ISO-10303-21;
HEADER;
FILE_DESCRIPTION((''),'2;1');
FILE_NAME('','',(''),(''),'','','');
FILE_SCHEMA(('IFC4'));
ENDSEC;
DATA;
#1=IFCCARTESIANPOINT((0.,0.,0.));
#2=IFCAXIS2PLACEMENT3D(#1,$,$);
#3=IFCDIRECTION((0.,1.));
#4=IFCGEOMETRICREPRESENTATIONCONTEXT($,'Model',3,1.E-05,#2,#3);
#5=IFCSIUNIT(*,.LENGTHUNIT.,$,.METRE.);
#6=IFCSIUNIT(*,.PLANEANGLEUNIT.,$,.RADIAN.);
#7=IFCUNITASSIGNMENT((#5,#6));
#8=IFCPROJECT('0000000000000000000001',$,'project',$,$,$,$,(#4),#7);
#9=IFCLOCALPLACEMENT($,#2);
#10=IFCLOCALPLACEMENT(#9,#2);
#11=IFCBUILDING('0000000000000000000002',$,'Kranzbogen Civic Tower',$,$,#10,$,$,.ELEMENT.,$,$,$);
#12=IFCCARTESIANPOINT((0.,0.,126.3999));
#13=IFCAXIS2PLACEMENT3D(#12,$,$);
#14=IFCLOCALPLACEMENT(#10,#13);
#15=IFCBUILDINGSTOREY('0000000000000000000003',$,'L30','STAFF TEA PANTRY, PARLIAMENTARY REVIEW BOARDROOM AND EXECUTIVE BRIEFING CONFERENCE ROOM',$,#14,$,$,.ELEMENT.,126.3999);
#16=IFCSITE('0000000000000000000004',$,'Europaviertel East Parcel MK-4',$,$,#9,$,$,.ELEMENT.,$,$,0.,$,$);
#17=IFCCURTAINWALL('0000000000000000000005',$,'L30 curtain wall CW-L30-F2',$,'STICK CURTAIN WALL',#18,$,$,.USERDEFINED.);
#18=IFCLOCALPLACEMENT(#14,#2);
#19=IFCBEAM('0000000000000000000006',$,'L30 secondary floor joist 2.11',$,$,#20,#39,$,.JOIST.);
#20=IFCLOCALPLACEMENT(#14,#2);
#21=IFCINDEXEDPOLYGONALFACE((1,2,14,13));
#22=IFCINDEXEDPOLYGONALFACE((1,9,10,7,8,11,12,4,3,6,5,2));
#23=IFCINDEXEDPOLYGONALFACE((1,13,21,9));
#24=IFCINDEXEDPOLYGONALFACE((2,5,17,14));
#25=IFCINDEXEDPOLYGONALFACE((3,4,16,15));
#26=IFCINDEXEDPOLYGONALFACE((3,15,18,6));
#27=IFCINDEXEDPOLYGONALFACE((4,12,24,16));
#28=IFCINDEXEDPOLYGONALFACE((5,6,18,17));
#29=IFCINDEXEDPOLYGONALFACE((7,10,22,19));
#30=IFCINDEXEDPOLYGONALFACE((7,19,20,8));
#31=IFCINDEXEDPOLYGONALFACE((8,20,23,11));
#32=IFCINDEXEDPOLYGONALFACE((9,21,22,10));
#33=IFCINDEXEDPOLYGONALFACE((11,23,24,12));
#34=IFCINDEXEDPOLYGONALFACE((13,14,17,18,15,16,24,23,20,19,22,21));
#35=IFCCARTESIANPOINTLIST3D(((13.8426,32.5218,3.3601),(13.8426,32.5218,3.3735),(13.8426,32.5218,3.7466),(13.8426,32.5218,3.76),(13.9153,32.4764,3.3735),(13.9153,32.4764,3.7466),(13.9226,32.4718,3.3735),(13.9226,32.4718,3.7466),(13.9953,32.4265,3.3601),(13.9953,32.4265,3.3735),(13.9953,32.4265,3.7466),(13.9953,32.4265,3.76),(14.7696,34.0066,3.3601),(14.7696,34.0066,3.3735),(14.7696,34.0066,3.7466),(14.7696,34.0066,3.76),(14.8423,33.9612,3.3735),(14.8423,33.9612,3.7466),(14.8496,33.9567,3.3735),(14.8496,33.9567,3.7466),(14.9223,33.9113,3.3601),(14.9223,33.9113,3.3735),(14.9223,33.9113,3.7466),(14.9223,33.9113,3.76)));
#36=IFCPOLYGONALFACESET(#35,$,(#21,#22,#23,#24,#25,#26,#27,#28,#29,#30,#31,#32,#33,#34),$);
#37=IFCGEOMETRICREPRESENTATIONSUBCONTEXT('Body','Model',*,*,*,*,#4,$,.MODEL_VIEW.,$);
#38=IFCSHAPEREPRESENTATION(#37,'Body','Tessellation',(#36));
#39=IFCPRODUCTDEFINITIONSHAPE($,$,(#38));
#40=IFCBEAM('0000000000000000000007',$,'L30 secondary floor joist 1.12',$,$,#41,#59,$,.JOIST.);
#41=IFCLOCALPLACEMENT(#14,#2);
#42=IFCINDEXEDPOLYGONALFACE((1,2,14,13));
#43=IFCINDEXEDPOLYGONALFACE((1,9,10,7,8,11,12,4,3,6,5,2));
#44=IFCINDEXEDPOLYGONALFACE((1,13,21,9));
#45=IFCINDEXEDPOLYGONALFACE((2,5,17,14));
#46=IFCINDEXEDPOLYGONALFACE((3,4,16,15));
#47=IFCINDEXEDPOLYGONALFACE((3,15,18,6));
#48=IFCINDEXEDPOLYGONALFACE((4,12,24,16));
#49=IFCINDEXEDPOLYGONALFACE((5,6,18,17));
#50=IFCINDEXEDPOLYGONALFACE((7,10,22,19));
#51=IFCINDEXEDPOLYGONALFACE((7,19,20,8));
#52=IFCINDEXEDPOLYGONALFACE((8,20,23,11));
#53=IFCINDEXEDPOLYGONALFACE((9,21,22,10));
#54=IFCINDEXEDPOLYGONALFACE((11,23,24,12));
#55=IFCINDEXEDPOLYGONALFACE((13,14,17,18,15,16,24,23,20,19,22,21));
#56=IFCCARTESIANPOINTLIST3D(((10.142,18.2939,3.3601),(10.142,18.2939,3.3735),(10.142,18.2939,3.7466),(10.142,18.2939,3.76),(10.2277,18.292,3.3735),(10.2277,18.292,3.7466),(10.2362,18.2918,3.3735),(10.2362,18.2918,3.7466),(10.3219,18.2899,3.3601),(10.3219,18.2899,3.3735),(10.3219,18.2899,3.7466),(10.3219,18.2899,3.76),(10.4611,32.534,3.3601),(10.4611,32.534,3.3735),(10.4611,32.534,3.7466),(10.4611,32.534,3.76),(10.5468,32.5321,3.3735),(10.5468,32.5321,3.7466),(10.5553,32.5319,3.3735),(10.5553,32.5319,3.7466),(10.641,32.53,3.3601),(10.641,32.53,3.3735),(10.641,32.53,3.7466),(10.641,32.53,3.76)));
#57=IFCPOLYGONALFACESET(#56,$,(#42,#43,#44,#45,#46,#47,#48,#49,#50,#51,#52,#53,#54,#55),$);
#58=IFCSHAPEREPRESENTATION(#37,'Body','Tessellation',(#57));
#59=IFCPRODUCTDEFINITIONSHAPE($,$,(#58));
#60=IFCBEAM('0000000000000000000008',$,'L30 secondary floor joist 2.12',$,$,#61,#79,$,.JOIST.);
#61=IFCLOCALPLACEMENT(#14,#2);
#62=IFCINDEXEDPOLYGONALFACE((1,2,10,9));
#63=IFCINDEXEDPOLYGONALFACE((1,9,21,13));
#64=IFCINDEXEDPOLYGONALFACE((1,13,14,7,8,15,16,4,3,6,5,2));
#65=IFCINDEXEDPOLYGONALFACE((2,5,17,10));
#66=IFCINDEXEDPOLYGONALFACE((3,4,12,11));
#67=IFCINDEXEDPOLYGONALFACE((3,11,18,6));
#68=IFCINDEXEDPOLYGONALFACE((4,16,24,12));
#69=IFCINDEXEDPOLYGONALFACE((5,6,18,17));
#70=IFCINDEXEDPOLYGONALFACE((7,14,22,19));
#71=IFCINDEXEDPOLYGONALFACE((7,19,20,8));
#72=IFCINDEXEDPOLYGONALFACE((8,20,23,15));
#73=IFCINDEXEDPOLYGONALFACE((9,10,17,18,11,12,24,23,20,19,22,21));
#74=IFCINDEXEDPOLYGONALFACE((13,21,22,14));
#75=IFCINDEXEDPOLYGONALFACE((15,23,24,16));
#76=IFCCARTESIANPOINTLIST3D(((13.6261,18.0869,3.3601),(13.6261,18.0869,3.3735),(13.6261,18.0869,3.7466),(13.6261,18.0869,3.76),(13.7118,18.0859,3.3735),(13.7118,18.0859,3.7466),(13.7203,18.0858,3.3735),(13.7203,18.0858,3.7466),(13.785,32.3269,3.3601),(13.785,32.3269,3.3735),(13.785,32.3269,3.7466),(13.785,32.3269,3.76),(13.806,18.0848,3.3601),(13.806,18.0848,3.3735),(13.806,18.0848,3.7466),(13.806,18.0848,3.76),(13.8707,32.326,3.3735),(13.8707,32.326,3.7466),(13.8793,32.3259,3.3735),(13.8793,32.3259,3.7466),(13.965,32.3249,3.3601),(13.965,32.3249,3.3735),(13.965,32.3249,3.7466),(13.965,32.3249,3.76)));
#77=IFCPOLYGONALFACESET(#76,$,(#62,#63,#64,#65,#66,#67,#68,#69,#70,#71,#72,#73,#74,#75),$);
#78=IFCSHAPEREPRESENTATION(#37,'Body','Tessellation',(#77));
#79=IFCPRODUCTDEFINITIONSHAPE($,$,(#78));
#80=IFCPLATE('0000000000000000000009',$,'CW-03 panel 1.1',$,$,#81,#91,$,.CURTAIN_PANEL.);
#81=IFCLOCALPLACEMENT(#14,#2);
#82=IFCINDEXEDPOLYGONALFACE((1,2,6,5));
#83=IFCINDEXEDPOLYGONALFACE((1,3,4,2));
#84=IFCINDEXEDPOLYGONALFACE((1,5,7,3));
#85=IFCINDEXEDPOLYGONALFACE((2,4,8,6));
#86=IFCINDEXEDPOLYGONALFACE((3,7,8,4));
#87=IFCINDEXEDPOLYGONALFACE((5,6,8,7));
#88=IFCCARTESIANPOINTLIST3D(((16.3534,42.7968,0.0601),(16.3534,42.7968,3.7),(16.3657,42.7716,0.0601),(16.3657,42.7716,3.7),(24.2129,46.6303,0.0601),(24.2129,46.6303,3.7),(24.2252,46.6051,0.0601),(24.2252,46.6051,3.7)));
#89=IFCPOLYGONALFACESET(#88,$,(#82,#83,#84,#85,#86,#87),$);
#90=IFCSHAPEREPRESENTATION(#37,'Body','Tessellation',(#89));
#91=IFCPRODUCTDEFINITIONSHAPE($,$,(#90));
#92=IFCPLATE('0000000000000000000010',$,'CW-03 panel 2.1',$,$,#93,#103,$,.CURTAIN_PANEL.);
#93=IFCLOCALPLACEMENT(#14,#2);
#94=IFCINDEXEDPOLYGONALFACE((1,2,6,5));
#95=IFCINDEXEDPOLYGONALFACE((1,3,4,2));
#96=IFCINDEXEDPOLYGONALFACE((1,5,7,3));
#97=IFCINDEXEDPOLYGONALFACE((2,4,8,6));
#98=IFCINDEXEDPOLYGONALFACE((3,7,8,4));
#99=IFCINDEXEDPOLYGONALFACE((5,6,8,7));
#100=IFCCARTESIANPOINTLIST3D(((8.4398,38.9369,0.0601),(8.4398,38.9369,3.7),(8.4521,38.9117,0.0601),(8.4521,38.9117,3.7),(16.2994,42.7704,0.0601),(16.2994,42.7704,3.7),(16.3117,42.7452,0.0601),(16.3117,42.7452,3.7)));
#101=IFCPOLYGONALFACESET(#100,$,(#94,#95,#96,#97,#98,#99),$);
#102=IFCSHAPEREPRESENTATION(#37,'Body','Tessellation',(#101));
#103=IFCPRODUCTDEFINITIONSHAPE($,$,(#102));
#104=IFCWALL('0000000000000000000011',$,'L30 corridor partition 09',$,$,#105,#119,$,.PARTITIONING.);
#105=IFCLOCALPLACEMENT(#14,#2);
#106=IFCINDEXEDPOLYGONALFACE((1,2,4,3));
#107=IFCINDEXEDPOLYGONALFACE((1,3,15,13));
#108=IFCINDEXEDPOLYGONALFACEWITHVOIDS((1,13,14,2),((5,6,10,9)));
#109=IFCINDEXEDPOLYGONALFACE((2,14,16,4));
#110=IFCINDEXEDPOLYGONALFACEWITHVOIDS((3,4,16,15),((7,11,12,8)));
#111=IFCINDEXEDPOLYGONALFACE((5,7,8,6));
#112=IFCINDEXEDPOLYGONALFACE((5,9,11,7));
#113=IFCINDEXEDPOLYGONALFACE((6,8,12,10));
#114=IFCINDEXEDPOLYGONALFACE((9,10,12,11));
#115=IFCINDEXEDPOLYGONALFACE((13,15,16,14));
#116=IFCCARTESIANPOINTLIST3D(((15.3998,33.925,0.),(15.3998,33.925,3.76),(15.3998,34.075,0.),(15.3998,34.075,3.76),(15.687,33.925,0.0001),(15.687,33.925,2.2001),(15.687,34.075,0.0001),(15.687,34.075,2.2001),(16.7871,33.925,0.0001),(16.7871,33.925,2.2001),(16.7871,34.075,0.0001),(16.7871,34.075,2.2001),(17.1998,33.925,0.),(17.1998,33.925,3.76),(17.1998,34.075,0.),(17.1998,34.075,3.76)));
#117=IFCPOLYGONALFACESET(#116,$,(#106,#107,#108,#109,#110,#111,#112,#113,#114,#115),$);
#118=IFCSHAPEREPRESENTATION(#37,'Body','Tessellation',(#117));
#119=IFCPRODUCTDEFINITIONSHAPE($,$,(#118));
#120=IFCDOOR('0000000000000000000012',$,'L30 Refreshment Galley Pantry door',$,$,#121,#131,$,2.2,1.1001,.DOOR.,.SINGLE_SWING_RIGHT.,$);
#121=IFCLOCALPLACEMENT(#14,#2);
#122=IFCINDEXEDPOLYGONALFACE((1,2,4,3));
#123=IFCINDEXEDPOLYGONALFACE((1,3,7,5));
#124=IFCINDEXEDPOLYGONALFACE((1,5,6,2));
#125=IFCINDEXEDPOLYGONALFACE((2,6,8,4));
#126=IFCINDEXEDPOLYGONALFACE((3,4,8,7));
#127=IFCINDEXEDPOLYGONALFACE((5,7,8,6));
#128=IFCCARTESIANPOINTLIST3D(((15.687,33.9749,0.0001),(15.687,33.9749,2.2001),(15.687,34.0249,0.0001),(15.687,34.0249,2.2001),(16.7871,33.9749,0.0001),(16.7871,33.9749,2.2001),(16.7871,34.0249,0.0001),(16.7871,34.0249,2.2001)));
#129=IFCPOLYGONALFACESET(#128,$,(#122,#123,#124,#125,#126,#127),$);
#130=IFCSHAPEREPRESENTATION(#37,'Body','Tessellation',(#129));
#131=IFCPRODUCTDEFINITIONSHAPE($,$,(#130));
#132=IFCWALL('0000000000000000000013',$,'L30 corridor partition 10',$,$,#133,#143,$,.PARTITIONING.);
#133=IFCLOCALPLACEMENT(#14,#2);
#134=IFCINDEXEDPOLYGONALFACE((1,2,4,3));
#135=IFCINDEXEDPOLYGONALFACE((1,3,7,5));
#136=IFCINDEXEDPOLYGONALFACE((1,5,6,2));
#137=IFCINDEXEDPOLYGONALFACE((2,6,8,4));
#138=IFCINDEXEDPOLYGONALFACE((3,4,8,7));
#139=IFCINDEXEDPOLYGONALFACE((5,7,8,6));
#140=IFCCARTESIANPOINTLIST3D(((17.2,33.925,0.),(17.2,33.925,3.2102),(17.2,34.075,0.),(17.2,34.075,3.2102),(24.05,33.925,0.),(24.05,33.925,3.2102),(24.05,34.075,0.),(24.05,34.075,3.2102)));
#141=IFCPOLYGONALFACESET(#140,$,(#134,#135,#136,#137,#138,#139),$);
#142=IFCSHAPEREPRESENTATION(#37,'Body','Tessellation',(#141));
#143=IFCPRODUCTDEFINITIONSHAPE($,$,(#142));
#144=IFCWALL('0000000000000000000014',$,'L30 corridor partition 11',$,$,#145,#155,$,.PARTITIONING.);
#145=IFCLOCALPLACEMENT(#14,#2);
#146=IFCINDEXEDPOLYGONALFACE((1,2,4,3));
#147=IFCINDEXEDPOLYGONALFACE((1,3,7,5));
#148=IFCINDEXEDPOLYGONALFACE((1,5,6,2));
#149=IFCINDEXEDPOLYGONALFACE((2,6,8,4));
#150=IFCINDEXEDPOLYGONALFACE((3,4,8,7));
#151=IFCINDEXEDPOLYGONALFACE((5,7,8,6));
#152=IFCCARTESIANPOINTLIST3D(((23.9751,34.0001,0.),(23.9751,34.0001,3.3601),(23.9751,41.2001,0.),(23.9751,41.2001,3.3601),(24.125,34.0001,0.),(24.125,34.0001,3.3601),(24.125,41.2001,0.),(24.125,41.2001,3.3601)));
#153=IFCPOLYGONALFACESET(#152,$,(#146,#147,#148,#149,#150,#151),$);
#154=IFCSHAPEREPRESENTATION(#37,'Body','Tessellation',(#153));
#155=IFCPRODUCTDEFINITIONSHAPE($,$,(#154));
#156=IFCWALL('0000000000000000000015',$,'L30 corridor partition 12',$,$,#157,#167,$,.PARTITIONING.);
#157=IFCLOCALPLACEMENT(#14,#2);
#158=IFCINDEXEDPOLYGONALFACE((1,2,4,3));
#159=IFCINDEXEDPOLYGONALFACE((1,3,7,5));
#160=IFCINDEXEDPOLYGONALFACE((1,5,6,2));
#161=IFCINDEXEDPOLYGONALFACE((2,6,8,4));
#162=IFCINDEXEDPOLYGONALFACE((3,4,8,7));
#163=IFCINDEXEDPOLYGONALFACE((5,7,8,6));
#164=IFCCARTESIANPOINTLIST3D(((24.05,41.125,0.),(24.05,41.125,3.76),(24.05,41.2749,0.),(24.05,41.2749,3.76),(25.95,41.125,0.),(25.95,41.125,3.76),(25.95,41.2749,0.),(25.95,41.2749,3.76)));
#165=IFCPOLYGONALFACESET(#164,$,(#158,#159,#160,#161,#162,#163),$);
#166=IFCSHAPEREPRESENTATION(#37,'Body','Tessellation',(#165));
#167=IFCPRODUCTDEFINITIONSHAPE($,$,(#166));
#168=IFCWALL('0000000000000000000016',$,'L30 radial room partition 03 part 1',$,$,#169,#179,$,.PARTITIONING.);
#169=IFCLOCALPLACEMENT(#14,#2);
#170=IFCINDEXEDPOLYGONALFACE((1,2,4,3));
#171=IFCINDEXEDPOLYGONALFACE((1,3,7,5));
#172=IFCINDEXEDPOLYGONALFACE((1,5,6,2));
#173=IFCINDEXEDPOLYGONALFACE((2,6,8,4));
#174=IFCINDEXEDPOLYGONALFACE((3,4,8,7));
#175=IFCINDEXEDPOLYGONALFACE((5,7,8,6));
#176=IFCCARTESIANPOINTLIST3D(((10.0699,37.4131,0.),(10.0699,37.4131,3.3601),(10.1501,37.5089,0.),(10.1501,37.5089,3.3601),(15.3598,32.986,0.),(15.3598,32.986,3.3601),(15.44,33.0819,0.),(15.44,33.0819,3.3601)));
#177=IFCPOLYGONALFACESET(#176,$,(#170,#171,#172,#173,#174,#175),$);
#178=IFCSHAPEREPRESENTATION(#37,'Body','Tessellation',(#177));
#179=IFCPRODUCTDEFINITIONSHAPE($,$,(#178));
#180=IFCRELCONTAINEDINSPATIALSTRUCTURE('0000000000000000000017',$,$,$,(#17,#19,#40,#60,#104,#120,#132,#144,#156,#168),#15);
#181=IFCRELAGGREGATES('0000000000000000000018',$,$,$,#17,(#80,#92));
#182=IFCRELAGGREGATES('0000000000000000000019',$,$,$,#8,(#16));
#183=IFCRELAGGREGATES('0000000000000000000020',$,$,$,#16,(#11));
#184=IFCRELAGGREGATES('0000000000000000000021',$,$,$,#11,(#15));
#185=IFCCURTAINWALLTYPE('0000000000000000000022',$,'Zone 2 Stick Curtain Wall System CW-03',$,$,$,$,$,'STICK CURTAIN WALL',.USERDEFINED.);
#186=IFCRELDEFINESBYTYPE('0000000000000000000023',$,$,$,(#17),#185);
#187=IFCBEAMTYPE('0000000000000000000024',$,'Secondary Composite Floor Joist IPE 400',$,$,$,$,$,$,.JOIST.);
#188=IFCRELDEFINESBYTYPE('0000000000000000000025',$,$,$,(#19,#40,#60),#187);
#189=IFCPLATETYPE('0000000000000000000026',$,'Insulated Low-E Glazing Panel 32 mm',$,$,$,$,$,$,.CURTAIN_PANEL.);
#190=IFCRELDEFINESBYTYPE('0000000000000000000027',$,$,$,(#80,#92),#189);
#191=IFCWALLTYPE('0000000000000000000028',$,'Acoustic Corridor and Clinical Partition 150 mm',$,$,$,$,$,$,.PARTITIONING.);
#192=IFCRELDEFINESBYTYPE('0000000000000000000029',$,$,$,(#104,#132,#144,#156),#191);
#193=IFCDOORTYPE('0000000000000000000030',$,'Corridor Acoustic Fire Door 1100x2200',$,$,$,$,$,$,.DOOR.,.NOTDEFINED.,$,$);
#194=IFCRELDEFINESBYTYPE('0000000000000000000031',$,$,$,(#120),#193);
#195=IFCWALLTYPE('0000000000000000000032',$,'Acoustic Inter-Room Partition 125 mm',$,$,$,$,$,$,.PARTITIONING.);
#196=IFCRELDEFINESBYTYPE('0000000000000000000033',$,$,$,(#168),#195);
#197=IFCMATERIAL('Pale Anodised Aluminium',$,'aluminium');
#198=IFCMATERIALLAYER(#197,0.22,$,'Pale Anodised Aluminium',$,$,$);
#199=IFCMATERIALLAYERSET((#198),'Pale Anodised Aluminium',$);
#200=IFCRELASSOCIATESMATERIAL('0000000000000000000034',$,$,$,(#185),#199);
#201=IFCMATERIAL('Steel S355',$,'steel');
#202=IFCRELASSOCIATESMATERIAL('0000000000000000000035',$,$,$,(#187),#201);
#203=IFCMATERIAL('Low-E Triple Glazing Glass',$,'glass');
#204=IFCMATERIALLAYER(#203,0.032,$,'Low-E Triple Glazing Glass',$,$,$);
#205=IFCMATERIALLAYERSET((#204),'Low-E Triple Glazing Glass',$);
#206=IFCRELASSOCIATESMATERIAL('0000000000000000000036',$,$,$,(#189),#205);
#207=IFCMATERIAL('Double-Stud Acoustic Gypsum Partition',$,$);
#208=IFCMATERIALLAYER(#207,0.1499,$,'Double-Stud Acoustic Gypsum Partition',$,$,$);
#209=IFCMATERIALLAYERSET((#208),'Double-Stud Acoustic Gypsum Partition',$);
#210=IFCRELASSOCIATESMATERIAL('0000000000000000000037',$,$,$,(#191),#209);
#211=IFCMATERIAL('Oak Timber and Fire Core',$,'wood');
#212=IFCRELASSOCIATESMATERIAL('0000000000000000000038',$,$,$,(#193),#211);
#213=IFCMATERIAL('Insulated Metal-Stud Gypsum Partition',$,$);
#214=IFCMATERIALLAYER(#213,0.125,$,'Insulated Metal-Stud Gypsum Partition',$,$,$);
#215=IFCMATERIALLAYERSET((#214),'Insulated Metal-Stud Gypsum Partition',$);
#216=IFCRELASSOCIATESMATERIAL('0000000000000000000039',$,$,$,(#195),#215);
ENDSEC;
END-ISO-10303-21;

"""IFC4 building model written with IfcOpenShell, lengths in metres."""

from ifc_helpers import new_model, si_unit, direction, frame, frame_2d, origin, origin_2d, place, context, subcontext, project, spatial, rectangle, i_section, extrude, material, layer, layer_set, material_profile, profile_set, type_object, element, fill, aggregate, save


model = new_model("IFC4")

# Units and contexts
model_context = context("Model", 3, precision=1e-05, world=origin(), true_north=direction((0.0, 1.0)))
body_context = subcontext(model_context, "Body", "Model", "MODEL_VIEW")
ifc_project = project(units=[si_unit("LENGTHUNIT", "METRE"), si_unit("PLANEANGLEUNIT", "RADIAN")], contexts=[model_context])

# Site, building, storey
site_placement = place(None, origin())
site = spatial("IfcSite", under=ifc_project, at=site_placement, Name="Europaviertel East Parcel MK-4", CompositionType="ELEMENT", RefElevation=0.0)
building_placement = place(site_placement, origin())
building = spatial("IfcBuilding", under=site, at=building_placement, Name="Kranzbogen Civic Tower", CompositionType="ELEMENT")
storey_placement = place(building_placement, frame((0.0, 0.0, 126.3999)))
storey = spatial("IfcBuildingStorey", under=building, at=storey_placement, Name="L30", Description="STAFF TEA PANTRY, PARLIAMENTARY REVIEW BOARDROOM AND EXECUTIVE BRIEFING CONFERENCE ROOM", CompositionType="ELEMENT", Elevation=126.3999)

# Curtain wall
ifc_material_1 = material(Name="Pale Anodised Aluminium", Category="aluminium")
ifc_layer_1 = layer(ifc_material_1, 0.22, Name="Pale Anodised Aluminium")
ifc_layer_set_1 = layer_set([ifc_layer_1], Name="Pale Anodised Aluminium")
curtain_wall_type = type_object("IfcCurtainWallType", Name="Zone 2 Stick Curtain Wall System CW-03", ElementType="STICK CURTAIN WALL", PredefinedType="USERDEFINED", material=ifc_layer_set_1)
curtain_wall_1_placement = place(storey_placement, origin())
curtain_wall_1 = element("IfcCurtainWall", 1, at=curtain_wall_1_placement, inside=storey, type_object=curtain_wall_type, Name="L30 curtain wall CW-L30-F2", ObjectType="STICK CURTAIN WALL", PredefinedType="USERDEFINED")

# Beams
ifc_material_2 = material(Name="Steel S355", Category="steel")
ifc_material_profile_1 = material_profile(ifc_material_2, i_section(OverallWidth=0.1799, OverallDepth=0.3999, WebThickness=0.0085, FlangeThickness=0.0134, at=origin_2d()), Name="IPE 400")
ifc_profile_set_1 = profile_set([ifc_material_profile_1], Name="Steel S355")
beam_type_1 = type_object("IfcBeamType", Name="Secondary Composite Floor Joist IPE 400", PredefinedType="JOIST", material=ifc_profile_set_1)
beam_1_placement = place(storey_placement, frame((14.8459, 33.959, 3.5601), z_axis=(-0.529573, -0.848265, 0.0), x_axis=(0.848265, -0.529573, 0.0)))
element("IfcBeam", 2, at=beam_1_placement, inside=storey, type_object=beam_type_1, Name="L30 secondary floor joist 2.11", PredefinedType="JOIST", context=body_context, shape_type="SweptSolid", body=[
    extrude(i_section(OverallWidth=0.1799, OverallDepth=0.3999, WebThickness=0.0085, FlangeThickness=0.0134, at=origin_2d()), origin(), (0.0, 0.0, 1.0), 1.7505),
])
beam_2_placement = place(storey_placement, frame((10.551, 32.532, 3.5601), z_axis=(-0.022403, -0.999749, 0.0), x_axis=(0.999749, -0.022403, 0.0)))
element("IfcBeam", 3, at=beam_2_placement, inside=storey, type_object=beam_type_1, Name="L30 secondary floor joist 1.12", PredefinedType="JOIST", context=body_context, shape_type="SweptSolid", body=[
    extrude(i_section(OverallWidth=0.1799, OverallDepth=0.3999, WebThickness=0.0085, FlangeThickness=0.0134, at=origin_2d()), origin(), (0.0, 0.0, 1.0), 14.2437),
])
beam_3_placement = place(storey_placement, frame((13.875, 32.3259, 3.5601), z_axis=(-0.011161, -0.999938, 0.0), x_axis=(0.999938, -0.011161, 0.0)))
element("IfcBeam", 4, at=beam_3_placement, inside=storey, type_object=beam_type_1, Name="L30 secondary floor joist 2.12", PredefinedType="JOIST", context=body_context, shape_type="SweptSolid", body=[
    extrude(i_section(OverallWidth=0.1799, OverallDepth=0.3999, WebThickness=0.0085, FlangeThickness=0.0134, at=origin_2d()), origin(), (0.0, 0.0, 1.0), 14.241),
])

# Plates
ifc_material_3 = material(Name="Low-E Triple Glazing Glass", Category="glass")
ifc_layer_2 = layer(ifc_material_3, 0.032, Name="Low-E Triple Glazing Glass")
ifc_layer_set_2 = layer_set([ifc_layer_2], Name="Low-E Triple Glazing Glass")
plate_type = type_object("IfcPlateType", Name="Insulated Low-E Glazing Panel 32 mm", PredefinedType="CURTAIN_PANEL", material=ifc_layer_set_2)
plate_1_placement = place(storey_placement, frame((20.2893, 44.7009, 0.0601), z_axis=(0.0, 0.0, 1.0), x_axis=(-0.898787, -0.438386, 0.0)))
plate_1 = element("IfcPlate", 5, at=plate_1_placement, type_object=plate_type, Name="CW-03 panel 1.1", PredefinedType="CURTAIN_PANEL", context=body_context, shape_type="SweptSolid", body=[
    extrude(rectangle(XDim=8.7446, YDim=0.0281, at=origin_2d()), origin(), (0.0, 0.0, 1.0), 3.6399),
])
plate_2_placement = place(storey_placement, frame((12.3757, 40.8411, 0.0601), z_axis=(0.0, 0.0, 1.0), x_axis=(-0.898787, -0.438386, 0.0)))
plate_2 = element("IfcPlate", 6, at=plate_2_placement, type_object=plate_type, Name="CW-03 panel 2.1", PredefinedType="CURTAIN_PANEL", context=body_context, shape_type="SweptSolid", body=[
    extrude(rectangle(XDim=8.7446, YDim=0.0281, at=origin_2d()), origin(), (0.0, 0.0, 1.0), 3.6399),
])
aggregate(curtain_wall_1, [plate_1, plate_2])

# Wall, opening, door
ifc_material_4 = material(Name="Double-Stud Acoustic Gypsum Partition")
ifc_layer_3 = layer(ifc_material_4, 0.1499, Name="Double-Stud Acoustic Gypsum Partition")
ifc_layer_set_3 = layer_set([ifc_layer_3], Name="Double-Stud Acoustic Gypsum Partition")
wall_type_1 = type_object("IfcWallType", Name="Acoustic Corridor and Clinical Partition 150 mm", PredefinedType="PARTITIONING", material=ifc_layer_set_3)
wall_1_placement = place(storey_placement, frame((15.3999, 34.0, 0.0), z_axis=(0.0, 0.0, 1.0), x_axis=(1.0, 0.0, 0.0)))
wall_1 = element("IfcWall", 7, at=wall_1_placement, inside=storey, type_object=wall_type_1, Name="L30 corridor partition 09", PredefinedType="PARTITIONING", context=body_context, shape_type="SweptSolid", body=[
    extrude(rectangle(XDim=1.8, YDim=0.1499, at=frame_2d((0.8999, 0.0))), origin(), (0.0, 0.0, 1.0), 3.76),
])
opening_placement = place(wall_1_placement, frame((0.2871, 0.0, 0.0)))
opening = element("IfcOpeningElement", 8, at=opening_placement, cuts=wall_1, PredefinedType="OPENING", context=body_context, shape_type="SweptSolid", body=[
    extrude(rectangle(XDim=1.1001, YDim=2.2, at=frame_2d((0.55, 1.1001))), frame((0.0, 0.085, 0.0), z_axis=(0.0, -1.0, 0.0), x_axis=(1.0, 0.0, 0.0)), (0.0, 0.0, 1.0), 0.1699),
])
ifc_material_5 = material(Name="Oak Timber and Fire Core", Category="wood")
door_type = type_object("IfcDoorType", Name="Corridor Acoustic Fire Door 1100x2200", OperationType="NOTDEFINED", PredefinedType="DOOR", material=ifc_material_5)
door_placement = place(opening_placement, origin())
door = element("IfcDoor", 9, at=door_placement, inside=storey, type_object=door_type, Name="L30 Refreshment Galley Pantry door", OperationType="SINGLE_SWING_RIGHT", OverallHeight=2.2, OverallWidth=1.1001, PredefinedType="DOOR", context=body_context, shape_type="SweptSolid", body=[
    extrude(rectangle(XDim=1.1001, YDim=2.2, at=frame_2d((0.55, 1.1001))), frame((0.0, 0.0249, 0.0), z_axis=(0.0, -1.0, 0.0), x_axis=(1.0, 0.0, 0.0)), (0.0, 0.0, 1.0), 0.05),
])
fill(opening, door)

# Walls
wall_2_placement = place(storey_placement, frame((17.2, 34.0, 0.0), z_axis=(0.0, 0.0, 1.0), x_axis=(1.0, 0.0, 0.0)))
element("IfcWall", 10, at=wall_2_placement, inside=storey, type_object=wall_type_1, Name="L30 corridor partition 10", PredefinedType="PARTITIONING", context=body_context, shape_type="SweptSolid", body=[
    extrude(rectangle(XDim=6.8501, YDim=0.1499, at=frame_2d((3.425, 0.0))), origin(), (0.0, 0.0, 1.0), 3.2102),
])
wall_3_placement = place(storey_placement, frame((24.05, 34.0, 0.0), z_axis=(0.0, 0.0, 1.0), x_axis=(0.0, 1.0, 0.0)))
element("IfcWall", 11, at=wall_3_placement, inside=storey, type_object=wall_type_1, Name="L30 corridor partition 11", PredefinedType="PARTITIONING", context=body_context, shape_type="SweptSolid", body=[
    extrude(rectangle(XDim=7.2, YDim=0.1499, at=frame_2d((3.6001, 0.0))), origin(), (0.0, 0.0, 1.0), 3.3601),
])
wall_4_placement = place(storey_placement, frame((24.05, 41.2, 0.0), z_axis=(0.0, 0.0, 1.0), x_axis=(1.0, 0.0, 0.0)))
element("IfcWall", 12, at=wall_4_placement, inside=storey, type_object=wall_type_1, Name="L30 corridor partition 12", PredefinedType="PARTITIONING", context=body_context, shape_type="SweptSolid", body=[
    extrude(rectangle(XDim=1.8999, YDim=0.1499, at=frame_2d((0.95, 0.0))), origin(), (0.0, 0.0, 1.0), 3.76),
])
ifc_material_6 = material(Name="Insulated Metal-Stud Gypsum Partition")
ifc_layer_4 = layer(ifc_material_6, 0.125, Name="Insulated Metal-Stud Gypsum Partition")
ifc_layer_set_4 = layer_set([ifc_layer_4], Name="Insulated Metal-Stud Gypsum Partition")
wall_type_2 = type_object("IfcWallType", Name="Acoustic Inter-Room Partition 125 mm", PredefinedType="PARTITIONING", material=ifc_layer_set_4)
wall_5_placement = place(storey_placement, frame((15.3999, 33.0339, 0.0), z_axis=(0.0, 0.0, 1.0), x_axis=(-0.766876, 0.641795, 0.0)))
element("IfcWall", 13, at=wall_5_placement, inside=storey, type_object=wall_type_2, Name="L30 radial room partition 03 part 1", PredefinedType="PARTITIONING", context=body_context, shape_type="SweptSolid", body=[
    extrude(rectangle(XDim=6.8979, YDim=0.125, at=frame_2d((3.449, 0.0))), origin(), (0.0, 0.0, 1.0), 3.3601),
])

save(model, "model.ifc")
